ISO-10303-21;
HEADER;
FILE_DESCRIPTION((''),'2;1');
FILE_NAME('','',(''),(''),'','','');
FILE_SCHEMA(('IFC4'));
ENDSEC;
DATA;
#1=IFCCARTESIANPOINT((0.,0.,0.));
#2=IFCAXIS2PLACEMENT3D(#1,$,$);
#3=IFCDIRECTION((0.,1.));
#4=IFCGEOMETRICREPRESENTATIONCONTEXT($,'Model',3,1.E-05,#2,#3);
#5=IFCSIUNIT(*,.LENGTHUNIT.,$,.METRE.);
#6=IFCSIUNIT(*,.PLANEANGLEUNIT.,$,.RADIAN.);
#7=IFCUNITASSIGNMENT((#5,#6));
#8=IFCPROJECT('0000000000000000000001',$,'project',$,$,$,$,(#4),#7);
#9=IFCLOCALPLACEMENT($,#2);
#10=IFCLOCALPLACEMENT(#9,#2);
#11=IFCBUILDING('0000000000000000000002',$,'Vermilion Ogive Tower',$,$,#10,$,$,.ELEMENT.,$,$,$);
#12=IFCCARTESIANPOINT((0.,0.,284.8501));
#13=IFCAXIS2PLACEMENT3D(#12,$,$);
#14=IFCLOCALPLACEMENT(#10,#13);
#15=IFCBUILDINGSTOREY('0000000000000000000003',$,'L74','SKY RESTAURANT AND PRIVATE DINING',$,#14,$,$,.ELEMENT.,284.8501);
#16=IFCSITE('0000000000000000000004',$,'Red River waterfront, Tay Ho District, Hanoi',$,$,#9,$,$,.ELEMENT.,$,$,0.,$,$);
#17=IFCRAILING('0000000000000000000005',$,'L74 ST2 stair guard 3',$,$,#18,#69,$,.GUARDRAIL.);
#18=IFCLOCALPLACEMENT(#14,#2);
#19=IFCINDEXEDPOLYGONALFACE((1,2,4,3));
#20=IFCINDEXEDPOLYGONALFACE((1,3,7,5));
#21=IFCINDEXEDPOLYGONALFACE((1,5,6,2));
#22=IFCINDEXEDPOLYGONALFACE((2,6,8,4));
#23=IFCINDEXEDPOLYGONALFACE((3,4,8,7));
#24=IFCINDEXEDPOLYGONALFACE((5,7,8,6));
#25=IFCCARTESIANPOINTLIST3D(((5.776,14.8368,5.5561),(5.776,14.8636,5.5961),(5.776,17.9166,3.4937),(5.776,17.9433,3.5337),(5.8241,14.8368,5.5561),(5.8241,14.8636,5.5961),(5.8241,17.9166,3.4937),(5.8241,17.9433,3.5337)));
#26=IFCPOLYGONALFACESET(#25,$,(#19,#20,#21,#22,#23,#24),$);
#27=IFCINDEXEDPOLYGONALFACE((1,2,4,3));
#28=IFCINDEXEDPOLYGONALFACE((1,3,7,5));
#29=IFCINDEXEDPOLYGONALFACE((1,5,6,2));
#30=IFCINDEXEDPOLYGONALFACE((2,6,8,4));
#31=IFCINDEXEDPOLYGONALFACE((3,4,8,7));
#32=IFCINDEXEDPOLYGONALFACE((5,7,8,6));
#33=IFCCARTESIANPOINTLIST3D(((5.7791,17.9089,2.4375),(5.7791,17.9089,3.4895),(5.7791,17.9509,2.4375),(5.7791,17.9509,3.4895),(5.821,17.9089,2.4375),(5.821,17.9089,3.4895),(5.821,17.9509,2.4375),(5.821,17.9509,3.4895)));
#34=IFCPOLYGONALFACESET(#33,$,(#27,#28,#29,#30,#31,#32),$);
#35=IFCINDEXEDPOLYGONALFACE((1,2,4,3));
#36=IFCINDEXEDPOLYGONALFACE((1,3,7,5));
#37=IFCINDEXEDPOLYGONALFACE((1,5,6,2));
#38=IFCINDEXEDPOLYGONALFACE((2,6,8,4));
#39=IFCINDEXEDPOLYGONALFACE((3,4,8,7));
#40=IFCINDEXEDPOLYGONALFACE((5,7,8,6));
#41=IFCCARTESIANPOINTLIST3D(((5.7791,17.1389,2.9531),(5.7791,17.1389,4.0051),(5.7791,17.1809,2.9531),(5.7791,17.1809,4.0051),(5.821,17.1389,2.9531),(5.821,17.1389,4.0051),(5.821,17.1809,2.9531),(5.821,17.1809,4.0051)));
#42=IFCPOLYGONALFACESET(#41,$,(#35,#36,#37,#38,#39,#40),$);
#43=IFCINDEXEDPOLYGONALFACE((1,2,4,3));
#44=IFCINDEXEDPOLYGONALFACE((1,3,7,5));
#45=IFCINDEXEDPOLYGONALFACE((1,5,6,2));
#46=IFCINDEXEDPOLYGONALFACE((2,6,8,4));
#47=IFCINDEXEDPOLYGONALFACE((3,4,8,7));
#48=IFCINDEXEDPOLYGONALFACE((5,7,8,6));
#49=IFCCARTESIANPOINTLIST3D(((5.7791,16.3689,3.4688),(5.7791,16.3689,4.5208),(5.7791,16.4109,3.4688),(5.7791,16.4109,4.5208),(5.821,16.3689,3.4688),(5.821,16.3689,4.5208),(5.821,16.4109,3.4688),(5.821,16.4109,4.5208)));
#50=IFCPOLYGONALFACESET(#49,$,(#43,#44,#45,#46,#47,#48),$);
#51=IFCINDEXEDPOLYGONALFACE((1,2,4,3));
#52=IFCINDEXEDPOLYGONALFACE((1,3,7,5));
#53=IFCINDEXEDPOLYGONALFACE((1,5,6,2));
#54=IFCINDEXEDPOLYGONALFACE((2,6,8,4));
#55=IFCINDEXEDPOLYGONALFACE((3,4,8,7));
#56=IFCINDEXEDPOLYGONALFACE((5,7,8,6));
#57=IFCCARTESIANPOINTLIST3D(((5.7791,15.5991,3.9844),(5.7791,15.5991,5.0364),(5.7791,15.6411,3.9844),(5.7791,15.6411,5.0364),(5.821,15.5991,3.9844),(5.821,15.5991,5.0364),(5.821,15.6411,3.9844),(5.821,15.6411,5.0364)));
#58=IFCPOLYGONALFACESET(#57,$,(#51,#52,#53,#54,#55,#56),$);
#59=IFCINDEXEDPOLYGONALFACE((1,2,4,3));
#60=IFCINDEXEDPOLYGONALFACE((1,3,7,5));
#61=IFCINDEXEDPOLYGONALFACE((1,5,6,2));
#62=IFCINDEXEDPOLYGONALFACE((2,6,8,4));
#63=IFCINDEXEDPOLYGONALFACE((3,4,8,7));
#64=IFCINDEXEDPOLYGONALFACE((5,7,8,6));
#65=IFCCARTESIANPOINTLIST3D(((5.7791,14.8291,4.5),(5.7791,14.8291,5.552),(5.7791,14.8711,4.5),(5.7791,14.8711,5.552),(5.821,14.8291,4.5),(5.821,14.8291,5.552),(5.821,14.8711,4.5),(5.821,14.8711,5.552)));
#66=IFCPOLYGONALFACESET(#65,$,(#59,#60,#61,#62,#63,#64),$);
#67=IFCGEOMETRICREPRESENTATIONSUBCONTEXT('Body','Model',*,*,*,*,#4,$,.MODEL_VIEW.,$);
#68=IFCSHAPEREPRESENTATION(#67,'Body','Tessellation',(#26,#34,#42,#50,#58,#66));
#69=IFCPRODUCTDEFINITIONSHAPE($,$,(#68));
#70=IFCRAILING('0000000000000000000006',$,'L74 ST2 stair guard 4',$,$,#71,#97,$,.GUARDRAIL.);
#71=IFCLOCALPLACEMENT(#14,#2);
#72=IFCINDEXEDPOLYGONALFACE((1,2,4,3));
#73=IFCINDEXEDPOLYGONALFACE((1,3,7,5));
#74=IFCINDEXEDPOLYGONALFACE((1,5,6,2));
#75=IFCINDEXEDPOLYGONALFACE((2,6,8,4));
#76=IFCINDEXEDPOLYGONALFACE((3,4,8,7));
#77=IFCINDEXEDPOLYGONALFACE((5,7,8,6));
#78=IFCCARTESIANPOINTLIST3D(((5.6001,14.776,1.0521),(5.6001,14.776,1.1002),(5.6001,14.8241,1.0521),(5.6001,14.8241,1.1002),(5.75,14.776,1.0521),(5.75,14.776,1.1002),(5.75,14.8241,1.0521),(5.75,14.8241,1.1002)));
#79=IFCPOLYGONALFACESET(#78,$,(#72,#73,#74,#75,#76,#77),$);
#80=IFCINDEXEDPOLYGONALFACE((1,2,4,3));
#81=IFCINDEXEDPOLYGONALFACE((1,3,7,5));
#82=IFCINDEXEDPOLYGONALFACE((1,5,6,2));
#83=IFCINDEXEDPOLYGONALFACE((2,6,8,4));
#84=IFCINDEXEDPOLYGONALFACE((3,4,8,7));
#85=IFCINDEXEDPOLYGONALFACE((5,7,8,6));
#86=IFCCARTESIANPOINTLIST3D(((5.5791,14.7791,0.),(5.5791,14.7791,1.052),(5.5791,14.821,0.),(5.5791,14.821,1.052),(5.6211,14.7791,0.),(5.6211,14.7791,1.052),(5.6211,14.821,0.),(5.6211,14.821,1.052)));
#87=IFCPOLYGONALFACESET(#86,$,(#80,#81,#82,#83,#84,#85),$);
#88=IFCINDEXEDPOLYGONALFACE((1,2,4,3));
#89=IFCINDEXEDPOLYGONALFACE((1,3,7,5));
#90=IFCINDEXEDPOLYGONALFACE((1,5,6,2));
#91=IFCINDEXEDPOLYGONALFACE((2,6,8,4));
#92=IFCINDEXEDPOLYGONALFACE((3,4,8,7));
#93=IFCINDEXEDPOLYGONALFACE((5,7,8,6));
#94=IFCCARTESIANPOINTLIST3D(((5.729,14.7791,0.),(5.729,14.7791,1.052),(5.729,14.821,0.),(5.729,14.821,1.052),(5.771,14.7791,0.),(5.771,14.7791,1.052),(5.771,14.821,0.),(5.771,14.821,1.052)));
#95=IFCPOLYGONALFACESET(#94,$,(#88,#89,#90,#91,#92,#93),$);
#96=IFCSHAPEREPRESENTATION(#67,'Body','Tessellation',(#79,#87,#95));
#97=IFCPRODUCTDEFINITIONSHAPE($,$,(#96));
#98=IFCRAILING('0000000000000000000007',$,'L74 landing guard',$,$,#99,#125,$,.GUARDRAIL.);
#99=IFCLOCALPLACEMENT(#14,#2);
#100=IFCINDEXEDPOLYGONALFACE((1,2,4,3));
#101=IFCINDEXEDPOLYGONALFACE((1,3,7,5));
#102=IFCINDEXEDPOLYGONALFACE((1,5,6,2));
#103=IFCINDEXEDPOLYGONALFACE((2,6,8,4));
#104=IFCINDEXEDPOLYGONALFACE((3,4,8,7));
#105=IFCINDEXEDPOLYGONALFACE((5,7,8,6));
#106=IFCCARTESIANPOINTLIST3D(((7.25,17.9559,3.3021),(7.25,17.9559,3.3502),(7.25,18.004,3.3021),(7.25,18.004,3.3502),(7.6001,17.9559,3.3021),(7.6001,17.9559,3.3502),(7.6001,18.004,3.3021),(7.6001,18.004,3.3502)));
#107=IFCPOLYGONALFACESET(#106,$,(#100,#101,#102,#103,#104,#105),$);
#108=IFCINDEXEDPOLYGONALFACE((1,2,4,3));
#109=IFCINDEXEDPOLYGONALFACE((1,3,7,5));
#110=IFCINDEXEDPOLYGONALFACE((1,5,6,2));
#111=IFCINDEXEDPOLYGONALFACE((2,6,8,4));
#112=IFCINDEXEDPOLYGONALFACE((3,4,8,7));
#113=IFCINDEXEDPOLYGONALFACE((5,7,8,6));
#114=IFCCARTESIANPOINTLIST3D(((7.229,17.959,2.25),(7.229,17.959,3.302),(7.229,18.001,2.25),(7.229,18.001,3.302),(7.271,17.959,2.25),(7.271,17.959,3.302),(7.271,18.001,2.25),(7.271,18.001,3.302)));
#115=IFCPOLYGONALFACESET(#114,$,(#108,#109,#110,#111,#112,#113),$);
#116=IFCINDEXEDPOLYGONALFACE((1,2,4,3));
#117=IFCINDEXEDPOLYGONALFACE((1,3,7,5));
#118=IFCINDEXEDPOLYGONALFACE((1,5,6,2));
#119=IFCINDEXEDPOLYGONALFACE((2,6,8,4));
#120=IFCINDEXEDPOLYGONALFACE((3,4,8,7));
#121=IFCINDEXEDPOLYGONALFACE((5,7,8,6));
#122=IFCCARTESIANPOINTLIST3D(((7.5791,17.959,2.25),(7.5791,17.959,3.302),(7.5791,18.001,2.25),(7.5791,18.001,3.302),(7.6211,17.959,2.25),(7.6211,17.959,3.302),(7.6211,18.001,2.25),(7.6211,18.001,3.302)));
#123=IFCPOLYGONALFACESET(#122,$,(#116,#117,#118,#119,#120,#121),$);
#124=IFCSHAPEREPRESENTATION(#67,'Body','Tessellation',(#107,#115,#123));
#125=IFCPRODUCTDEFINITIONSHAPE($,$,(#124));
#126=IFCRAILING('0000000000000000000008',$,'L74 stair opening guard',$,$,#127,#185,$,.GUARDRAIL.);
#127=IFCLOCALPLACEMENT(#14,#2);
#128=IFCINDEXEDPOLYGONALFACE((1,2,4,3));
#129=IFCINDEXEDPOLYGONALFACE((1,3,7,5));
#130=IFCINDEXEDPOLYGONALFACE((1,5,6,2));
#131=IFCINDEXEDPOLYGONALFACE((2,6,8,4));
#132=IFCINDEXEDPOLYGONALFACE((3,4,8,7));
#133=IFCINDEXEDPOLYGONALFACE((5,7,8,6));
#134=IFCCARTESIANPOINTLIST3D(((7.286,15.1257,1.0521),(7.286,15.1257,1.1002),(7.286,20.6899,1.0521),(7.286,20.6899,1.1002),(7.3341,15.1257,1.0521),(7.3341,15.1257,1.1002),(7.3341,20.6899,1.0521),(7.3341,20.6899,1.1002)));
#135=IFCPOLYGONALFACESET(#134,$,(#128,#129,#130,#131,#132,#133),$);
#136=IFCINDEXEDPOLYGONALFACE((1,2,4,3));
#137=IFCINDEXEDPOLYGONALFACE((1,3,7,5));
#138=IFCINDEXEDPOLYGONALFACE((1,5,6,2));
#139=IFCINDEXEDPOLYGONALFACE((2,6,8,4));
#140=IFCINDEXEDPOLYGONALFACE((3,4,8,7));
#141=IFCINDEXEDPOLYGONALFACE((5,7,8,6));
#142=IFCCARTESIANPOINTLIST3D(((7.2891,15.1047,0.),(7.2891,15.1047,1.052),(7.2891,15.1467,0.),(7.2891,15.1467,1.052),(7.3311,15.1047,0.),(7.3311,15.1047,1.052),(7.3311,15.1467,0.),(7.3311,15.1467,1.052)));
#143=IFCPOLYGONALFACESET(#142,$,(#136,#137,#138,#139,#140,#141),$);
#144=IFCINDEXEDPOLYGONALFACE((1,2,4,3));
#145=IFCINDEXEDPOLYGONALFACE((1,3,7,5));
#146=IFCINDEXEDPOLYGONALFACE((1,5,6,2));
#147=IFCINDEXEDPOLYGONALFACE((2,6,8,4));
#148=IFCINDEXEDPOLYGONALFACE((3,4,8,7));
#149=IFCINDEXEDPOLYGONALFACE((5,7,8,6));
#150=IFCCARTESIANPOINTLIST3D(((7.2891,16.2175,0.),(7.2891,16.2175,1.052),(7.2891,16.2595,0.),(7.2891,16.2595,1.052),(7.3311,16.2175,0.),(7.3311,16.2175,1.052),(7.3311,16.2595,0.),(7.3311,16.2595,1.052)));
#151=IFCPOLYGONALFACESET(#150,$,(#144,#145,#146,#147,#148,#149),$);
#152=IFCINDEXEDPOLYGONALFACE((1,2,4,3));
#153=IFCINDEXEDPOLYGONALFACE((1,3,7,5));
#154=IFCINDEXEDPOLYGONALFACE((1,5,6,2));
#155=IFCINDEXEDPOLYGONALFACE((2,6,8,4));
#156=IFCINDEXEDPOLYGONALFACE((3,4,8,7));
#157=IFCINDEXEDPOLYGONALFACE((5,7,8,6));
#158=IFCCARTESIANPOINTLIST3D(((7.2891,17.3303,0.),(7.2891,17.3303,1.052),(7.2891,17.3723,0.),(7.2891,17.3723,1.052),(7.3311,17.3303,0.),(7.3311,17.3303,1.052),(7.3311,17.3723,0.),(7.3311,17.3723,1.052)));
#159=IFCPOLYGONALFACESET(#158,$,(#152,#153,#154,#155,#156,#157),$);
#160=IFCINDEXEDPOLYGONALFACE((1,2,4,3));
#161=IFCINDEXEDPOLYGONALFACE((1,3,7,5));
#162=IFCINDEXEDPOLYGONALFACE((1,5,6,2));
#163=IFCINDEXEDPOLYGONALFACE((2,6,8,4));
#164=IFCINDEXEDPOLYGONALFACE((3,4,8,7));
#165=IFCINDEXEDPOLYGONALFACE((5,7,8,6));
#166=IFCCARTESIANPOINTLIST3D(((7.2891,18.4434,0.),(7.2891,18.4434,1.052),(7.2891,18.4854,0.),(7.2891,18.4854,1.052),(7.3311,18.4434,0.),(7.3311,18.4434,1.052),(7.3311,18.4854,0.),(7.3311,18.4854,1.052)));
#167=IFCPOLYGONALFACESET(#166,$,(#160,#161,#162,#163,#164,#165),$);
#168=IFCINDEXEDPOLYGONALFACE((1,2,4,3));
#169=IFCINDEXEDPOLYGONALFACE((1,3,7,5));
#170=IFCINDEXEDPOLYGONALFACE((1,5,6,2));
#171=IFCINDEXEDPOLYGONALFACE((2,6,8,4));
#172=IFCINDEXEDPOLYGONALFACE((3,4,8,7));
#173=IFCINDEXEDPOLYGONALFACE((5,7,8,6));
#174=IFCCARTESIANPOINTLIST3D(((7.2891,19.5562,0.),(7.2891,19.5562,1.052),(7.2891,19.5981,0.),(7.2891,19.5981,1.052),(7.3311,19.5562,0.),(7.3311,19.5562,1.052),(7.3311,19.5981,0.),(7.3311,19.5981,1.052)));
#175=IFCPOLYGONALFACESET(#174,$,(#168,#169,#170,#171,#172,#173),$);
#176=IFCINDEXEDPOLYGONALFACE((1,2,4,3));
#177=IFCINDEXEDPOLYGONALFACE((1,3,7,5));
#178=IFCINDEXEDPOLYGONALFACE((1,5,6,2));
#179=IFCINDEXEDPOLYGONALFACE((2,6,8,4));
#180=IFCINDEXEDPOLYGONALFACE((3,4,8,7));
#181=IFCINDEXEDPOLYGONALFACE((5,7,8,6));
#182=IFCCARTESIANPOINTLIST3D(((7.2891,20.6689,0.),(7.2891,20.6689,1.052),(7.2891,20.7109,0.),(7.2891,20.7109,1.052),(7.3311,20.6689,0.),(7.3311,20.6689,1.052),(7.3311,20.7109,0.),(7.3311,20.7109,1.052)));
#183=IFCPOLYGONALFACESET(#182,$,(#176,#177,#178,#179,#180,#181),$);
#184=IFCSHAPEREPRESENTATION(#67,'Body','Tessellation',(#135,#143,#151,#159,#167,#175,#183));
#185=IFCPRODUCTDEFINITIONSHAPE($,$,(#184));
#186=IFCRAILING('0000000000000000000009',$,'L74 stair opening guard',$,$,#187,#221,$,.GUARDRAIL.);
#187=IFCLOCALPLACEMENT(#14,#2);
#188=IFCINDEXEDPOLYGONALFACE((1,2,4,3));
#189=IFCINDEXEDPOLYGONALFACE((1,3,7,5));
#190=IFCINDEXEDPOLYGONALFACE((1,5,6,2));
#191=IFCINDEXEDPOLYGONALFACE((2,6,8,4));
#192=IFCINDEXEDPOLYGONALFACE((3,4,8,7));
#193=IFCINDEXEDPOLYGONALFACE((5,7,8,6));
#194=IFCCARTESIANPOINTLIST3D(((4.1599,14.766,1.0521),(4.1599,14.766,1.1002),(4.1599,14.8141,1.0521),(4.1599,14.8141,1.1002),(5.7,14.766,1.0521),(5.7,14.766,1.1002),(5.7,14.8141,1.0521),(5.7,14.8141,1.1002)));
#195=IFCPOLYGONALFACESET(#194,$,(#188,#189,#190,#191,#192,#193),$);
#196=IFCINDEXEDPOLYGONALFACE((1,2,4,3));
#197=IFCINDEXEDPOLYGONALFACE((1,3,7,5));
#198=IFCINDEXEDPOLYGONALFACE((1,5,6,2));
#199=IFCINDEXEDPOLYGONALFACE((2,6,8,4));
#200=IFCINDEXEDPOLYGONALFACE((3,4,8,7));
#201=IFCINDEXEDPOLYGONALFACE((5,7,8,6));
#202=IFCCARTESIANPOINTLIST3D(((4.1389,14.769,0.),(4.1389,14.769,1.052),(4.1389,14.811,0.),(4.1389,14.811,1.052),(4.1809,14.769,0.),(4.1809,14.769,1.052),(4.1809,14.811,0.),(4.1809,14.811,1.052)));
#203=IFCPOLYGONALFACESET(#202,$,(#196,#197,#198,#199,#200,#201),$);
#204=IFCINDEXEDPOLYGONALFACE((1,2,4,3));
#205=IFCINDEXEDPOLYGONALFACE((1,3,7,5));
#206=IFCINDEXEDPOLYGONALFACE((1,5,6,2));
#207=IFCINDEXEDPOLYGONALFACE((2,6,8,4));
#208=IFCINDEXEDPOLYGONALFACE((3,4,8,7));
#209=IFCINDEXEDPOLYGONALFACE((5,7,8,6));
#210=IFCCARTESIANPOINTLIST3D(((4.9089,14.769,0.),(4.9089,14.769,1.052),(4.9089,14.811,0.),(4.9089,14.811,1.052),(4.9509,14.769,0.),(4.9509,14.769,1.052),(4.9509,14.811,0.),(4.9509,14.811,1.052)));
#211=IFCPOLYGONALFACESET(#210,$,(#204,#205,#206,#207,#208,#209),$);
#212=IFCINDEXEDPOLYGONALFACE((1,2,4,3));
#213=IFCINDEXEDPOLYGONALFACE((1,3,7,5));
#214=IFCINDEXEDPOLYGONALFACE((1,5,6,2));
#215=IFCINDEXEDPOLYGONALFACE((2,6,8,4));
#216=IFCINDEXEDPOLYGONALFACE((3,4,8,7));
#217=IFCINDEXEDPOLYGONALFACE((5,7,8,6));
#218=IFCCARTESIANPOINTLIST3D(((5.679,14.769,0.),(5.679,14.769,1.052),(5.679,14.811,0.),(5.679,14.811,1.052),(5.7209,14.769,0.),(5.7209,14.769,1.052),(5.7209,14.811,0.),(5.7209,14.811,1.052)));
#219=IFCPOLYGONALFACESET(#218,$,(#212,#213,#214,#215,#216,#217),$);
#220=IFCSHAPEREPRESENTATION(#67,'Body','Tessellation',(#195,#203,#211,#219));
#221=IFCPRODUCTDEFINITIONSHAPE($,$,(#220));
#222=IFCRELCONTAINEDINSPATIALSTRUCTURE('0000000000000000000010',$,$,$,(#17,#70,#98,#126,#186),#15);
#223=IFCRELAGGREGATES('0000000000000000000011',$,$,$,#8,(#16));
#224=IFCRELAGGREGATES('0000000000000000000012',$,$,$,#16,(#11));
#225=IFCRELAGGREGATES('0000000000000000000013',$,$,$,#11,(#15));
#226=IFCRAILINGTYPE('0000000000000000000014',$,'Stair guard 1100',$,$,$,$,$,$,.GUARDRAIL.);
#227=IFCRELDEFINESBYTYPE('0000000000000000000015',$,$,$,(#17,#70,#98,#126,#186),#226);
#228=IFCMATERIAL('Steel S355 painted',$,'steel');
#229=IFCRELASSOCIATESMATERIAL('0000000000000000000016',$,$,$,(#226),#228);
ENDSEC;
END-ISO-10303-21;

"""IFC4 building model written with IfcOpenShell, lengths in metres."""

from ifc_helpers import new_model, si_unit, direction, frame, origin, origin_2d, place, context, subcontext, project, spatial, rectangle, extrude, material, type_object, element, save


model = new_model("IFC4")

# Units and contexts
model_context = context("Model", 3, precision=1e-05, world=origin(), true_north=direction((0.0, 1.0)))
body_context = subcontext(model_context, "Body", "Model", "MODEL_VIEW")
ifc_project = project(units=[si_unit("LENGTHUNIT", "METRE"), si_unit("PLANEANGLEUNIT", "RADIAN")], contexts=[model_context])

# Site, building, storey
site_placement = place(None, origin())
site = spatial("IfcSite", under=ifc_project, at=site_placement, Name="Red River waterfront, Tay Ho District, Hanoi", CompositionType="ELEMENT", RefElevation=0.0)
building_placement = place(site_placement, origin())
building = spatial("IfcBuilding", under=site, at=building_placement, Name="Vermilion Ogive Tower", CompositionType="ELEMENT")
storey_placement = place(building_placement, frame((0.0, 0.0, 284.8501)))
storey = spatial("IfcBuildingStorey", under=building, at=storey_placement, Name="L74", Description="SKY RESTAURANT AND PRIVATE DINING", CompositionType="ELEMENT", Elevation=284.8501)

# Railings
ifc_material_1 = material(Name="Steel S355 painted", Category="steel")
railing_type_1 = type_object("IfcRailingType", Name="Stair guard 1100", PredefinedType="GUARDRAIL", material=ifc_material_1)
railing_1_placement = place(storey_placement, frame((5.8, 17.9299, 2.4375)))
element("IfcRailing", 1, at=railing_1_placement, inside=storey, type_object=railing_type_1, Name="L74 ST2 stair guard 3", PredefinedType="GUARDRAIL", context=body_context, shape_type="SweptSolid", body=[
    extrude(rectangle(XDim=0.0481, YDim=0.0481, at=origin_2d()), frame((0.0, 0.0, 1.0762), z_axis=(0.0, -0.830893, 0.556432), x_axis=(1.0, 0.0, 0.0)), (0.0, 0.0, 1.0), 3.7065),
    extrude(rectangle(XDim=0.042, YDim=0.042, at=origin_2d()), origin(), (0.0, 0.0, 1.0), 1.052),
    extrude(rectangle(XDim=0.042, YDim=0.042, at=origin_2d()), frame((0.0, -0.77, 0.5156)), (0.0, 0.0, 1.0), 1.052),
    extrude(rectangle(XDim=0.042, YDim=0.042, at=origin_2d()), frame((0.0, -1.54, 1.0312)), (0.0, 0.0, 1.0), 1.052),
    extrude(rectangle(XDim=0.042, YDim=0.042, at=origin_2d()), frame((0.0, -2.3098, 1.5469)), (0.0, 0.0, 1.0), 1.052),
    extrude(rectangle(XDim=0.042, YDim=0.042, at=origin_2d()), frame((0.0, -3.0798, 2.0625)), (0.0, 0.0, 1.0), 1.052),
])
railing_2_placement = place(storey_placement, frame((5.6001, 14.8, 0.0)))
element("IfcRailing", 2, at=railing_2_placement, inside=storey, type_object=railing_type_1, Name="L74 ST2 stair guard 4", PredefinedType="GUARDRAIL", context=body_context, shape_type="SweptSolid", body=[
    extrude(rectangle(XDim=0.0481, YDim=0.0481, at=origin_2d()), frame((0.0, 0.0, 1.0762), z_axis=(1.0, 0.0, 0.0), x_axis=(0.0, 1.0, 0.0)), (0.0, 0.0, 1.0), 0.1499),
    extrude(rectangle(XDim=0.042, YDim=0.042, at=origin_2d()), origin(), (0.0, 0.0, 1.0), 1.052),
    extrude(rectangle(XDim=0.042, YDim=0.042, at=origin_2d()), frame((0.1499, 0.0, 0.0)), (0.0, 0.0, 1.0), 1.052),
])
railing_3_placement = place(storey_placement, frame((7.25, 17.98, 2.25)))
element("IfcRailing", 3, at=railing_3_placement, inside=storey, type_object=railing_type_1, Name="L74 landing guard", PredefinedType="GUARDRAIL", context=body_context, shape_type="SweptSolid", body=[
    extrude(rectangle(XDim=0.0481, YDim=0.0481, at=origin_2d()), frame((0.0, 0.0, 1.0762), z_axis=(1.0, 0.0, 0.0), x_axis=(0.0, 1.0, 0.0)), (0.0, 0.0, 1.0), 0.3501),
    extrude(rectangle(XDim=0.042, YDim=0.042, at=origin_2d()), origin(), (0.0, 0.0, 1.0), 1.052),
    extrude(rectangle(XDim=0.042, YDim=0.042, at=origin_2d()), frame((0.3501, 0.0, 0.0)), (0.0, 0.0, 1.0), 1.052),
])
railing_4_placement = place(storey_placement, frame((7.3101, 15.1257, 0.0)))
element("IfcRailing", 4, at=railing_4_placement, inside=storey, type_object=railing_type_1, Name="L74 stair opening guard", PredefinedType="GUARDRAIL", context=body_context, shape_type="SweptSolid", body=[
    extrude(rectangle(XDim=0.0481, YDim=0.0481, at=origin_2d()), frame((0.0, 0.0, 1.0762), z_axis=(0.0, 1.0, 0.0), x_axis=(-1.0, 0.0, 0.0)), (0.0, 0.0, 1.0), 5.5642),
    extrude(rectangle(XDim=0.042, YDim=0.042, at=origin_2d()), origin(), (0.0, 0.0, 1.0), 1.052),
    extrude(rectangle(XDim=0.042, YDim=0.042, at=origin_2d()), frame((0.0, 1.1128, 0.0)), (0.0, 0.0, 1.0), 1.052),
    extrude(rectangle(XDim=0.042, YDim=0.042, at=origin_2d()), frame((0.0, 2.2256, 0.0)), (0.0, 0.0, 1.0), 1.052),
    extrude(rectangle(XDim=0.042, YDim=0.042, at=origin_2d()), frame((0.0, 3.3386, 0.0)), (0.0, 0.0, 1.0), 1.052),
    extrude(rectangle(XDim=0.042, YDim=0.042, at=origin_2d()), frame((0.0, 4.4514, 0.0)), (0.0, 0.0, 1.0), 1.052),
    extrude(rectangle(XDim=0.042, YDim=0.042, at=origin_2d()), frame((0.0, 5.5642, 0.0)), (0.0, 0.0, 1.0), 1.052),
])
railing_5_placement = place(storey_placement, frame((4.1599, 14.79, 0.0)))
element("IfcRailing", 5, at=railing_5_placement, inside=storey, type_object=railing_type_1, Name="L74 stair opening guard", PredefinedType="GUARDRAIL", context=body_context, shape_type="SweptSolid", body=[
    extrude(rectangle(XDim=0.0481, YDim=0.0481, at=origin_2d()), frame((0.0, 0.0, 1.0762), z_axis=(1.0, 0.0, 0.0), x_axis=(0.0, 1.0, 0.0)), (0.0, 0.0, 1.0), 1.54),
    extrude(rectangle(XDim=0.042, YDim=0.042, at=origin_2d()), origin(), (0.0, 0.0, 1.0), 1.052),
    extrude(rectangle(XDim=0.042, YDim=0.042, at=origin_2d()), frame((0.77, 0.0, 0.0)), (0.0, 0.0, 1.0), 1.052),
    extrude(rectangle(XDim=0.042, YDim=0.042, at=origin_2d()), frame((1.54, 0.0, 0.0)), (0.0, 0.0, 1.0), 1.052),
])

save(model, "model.ifc")
